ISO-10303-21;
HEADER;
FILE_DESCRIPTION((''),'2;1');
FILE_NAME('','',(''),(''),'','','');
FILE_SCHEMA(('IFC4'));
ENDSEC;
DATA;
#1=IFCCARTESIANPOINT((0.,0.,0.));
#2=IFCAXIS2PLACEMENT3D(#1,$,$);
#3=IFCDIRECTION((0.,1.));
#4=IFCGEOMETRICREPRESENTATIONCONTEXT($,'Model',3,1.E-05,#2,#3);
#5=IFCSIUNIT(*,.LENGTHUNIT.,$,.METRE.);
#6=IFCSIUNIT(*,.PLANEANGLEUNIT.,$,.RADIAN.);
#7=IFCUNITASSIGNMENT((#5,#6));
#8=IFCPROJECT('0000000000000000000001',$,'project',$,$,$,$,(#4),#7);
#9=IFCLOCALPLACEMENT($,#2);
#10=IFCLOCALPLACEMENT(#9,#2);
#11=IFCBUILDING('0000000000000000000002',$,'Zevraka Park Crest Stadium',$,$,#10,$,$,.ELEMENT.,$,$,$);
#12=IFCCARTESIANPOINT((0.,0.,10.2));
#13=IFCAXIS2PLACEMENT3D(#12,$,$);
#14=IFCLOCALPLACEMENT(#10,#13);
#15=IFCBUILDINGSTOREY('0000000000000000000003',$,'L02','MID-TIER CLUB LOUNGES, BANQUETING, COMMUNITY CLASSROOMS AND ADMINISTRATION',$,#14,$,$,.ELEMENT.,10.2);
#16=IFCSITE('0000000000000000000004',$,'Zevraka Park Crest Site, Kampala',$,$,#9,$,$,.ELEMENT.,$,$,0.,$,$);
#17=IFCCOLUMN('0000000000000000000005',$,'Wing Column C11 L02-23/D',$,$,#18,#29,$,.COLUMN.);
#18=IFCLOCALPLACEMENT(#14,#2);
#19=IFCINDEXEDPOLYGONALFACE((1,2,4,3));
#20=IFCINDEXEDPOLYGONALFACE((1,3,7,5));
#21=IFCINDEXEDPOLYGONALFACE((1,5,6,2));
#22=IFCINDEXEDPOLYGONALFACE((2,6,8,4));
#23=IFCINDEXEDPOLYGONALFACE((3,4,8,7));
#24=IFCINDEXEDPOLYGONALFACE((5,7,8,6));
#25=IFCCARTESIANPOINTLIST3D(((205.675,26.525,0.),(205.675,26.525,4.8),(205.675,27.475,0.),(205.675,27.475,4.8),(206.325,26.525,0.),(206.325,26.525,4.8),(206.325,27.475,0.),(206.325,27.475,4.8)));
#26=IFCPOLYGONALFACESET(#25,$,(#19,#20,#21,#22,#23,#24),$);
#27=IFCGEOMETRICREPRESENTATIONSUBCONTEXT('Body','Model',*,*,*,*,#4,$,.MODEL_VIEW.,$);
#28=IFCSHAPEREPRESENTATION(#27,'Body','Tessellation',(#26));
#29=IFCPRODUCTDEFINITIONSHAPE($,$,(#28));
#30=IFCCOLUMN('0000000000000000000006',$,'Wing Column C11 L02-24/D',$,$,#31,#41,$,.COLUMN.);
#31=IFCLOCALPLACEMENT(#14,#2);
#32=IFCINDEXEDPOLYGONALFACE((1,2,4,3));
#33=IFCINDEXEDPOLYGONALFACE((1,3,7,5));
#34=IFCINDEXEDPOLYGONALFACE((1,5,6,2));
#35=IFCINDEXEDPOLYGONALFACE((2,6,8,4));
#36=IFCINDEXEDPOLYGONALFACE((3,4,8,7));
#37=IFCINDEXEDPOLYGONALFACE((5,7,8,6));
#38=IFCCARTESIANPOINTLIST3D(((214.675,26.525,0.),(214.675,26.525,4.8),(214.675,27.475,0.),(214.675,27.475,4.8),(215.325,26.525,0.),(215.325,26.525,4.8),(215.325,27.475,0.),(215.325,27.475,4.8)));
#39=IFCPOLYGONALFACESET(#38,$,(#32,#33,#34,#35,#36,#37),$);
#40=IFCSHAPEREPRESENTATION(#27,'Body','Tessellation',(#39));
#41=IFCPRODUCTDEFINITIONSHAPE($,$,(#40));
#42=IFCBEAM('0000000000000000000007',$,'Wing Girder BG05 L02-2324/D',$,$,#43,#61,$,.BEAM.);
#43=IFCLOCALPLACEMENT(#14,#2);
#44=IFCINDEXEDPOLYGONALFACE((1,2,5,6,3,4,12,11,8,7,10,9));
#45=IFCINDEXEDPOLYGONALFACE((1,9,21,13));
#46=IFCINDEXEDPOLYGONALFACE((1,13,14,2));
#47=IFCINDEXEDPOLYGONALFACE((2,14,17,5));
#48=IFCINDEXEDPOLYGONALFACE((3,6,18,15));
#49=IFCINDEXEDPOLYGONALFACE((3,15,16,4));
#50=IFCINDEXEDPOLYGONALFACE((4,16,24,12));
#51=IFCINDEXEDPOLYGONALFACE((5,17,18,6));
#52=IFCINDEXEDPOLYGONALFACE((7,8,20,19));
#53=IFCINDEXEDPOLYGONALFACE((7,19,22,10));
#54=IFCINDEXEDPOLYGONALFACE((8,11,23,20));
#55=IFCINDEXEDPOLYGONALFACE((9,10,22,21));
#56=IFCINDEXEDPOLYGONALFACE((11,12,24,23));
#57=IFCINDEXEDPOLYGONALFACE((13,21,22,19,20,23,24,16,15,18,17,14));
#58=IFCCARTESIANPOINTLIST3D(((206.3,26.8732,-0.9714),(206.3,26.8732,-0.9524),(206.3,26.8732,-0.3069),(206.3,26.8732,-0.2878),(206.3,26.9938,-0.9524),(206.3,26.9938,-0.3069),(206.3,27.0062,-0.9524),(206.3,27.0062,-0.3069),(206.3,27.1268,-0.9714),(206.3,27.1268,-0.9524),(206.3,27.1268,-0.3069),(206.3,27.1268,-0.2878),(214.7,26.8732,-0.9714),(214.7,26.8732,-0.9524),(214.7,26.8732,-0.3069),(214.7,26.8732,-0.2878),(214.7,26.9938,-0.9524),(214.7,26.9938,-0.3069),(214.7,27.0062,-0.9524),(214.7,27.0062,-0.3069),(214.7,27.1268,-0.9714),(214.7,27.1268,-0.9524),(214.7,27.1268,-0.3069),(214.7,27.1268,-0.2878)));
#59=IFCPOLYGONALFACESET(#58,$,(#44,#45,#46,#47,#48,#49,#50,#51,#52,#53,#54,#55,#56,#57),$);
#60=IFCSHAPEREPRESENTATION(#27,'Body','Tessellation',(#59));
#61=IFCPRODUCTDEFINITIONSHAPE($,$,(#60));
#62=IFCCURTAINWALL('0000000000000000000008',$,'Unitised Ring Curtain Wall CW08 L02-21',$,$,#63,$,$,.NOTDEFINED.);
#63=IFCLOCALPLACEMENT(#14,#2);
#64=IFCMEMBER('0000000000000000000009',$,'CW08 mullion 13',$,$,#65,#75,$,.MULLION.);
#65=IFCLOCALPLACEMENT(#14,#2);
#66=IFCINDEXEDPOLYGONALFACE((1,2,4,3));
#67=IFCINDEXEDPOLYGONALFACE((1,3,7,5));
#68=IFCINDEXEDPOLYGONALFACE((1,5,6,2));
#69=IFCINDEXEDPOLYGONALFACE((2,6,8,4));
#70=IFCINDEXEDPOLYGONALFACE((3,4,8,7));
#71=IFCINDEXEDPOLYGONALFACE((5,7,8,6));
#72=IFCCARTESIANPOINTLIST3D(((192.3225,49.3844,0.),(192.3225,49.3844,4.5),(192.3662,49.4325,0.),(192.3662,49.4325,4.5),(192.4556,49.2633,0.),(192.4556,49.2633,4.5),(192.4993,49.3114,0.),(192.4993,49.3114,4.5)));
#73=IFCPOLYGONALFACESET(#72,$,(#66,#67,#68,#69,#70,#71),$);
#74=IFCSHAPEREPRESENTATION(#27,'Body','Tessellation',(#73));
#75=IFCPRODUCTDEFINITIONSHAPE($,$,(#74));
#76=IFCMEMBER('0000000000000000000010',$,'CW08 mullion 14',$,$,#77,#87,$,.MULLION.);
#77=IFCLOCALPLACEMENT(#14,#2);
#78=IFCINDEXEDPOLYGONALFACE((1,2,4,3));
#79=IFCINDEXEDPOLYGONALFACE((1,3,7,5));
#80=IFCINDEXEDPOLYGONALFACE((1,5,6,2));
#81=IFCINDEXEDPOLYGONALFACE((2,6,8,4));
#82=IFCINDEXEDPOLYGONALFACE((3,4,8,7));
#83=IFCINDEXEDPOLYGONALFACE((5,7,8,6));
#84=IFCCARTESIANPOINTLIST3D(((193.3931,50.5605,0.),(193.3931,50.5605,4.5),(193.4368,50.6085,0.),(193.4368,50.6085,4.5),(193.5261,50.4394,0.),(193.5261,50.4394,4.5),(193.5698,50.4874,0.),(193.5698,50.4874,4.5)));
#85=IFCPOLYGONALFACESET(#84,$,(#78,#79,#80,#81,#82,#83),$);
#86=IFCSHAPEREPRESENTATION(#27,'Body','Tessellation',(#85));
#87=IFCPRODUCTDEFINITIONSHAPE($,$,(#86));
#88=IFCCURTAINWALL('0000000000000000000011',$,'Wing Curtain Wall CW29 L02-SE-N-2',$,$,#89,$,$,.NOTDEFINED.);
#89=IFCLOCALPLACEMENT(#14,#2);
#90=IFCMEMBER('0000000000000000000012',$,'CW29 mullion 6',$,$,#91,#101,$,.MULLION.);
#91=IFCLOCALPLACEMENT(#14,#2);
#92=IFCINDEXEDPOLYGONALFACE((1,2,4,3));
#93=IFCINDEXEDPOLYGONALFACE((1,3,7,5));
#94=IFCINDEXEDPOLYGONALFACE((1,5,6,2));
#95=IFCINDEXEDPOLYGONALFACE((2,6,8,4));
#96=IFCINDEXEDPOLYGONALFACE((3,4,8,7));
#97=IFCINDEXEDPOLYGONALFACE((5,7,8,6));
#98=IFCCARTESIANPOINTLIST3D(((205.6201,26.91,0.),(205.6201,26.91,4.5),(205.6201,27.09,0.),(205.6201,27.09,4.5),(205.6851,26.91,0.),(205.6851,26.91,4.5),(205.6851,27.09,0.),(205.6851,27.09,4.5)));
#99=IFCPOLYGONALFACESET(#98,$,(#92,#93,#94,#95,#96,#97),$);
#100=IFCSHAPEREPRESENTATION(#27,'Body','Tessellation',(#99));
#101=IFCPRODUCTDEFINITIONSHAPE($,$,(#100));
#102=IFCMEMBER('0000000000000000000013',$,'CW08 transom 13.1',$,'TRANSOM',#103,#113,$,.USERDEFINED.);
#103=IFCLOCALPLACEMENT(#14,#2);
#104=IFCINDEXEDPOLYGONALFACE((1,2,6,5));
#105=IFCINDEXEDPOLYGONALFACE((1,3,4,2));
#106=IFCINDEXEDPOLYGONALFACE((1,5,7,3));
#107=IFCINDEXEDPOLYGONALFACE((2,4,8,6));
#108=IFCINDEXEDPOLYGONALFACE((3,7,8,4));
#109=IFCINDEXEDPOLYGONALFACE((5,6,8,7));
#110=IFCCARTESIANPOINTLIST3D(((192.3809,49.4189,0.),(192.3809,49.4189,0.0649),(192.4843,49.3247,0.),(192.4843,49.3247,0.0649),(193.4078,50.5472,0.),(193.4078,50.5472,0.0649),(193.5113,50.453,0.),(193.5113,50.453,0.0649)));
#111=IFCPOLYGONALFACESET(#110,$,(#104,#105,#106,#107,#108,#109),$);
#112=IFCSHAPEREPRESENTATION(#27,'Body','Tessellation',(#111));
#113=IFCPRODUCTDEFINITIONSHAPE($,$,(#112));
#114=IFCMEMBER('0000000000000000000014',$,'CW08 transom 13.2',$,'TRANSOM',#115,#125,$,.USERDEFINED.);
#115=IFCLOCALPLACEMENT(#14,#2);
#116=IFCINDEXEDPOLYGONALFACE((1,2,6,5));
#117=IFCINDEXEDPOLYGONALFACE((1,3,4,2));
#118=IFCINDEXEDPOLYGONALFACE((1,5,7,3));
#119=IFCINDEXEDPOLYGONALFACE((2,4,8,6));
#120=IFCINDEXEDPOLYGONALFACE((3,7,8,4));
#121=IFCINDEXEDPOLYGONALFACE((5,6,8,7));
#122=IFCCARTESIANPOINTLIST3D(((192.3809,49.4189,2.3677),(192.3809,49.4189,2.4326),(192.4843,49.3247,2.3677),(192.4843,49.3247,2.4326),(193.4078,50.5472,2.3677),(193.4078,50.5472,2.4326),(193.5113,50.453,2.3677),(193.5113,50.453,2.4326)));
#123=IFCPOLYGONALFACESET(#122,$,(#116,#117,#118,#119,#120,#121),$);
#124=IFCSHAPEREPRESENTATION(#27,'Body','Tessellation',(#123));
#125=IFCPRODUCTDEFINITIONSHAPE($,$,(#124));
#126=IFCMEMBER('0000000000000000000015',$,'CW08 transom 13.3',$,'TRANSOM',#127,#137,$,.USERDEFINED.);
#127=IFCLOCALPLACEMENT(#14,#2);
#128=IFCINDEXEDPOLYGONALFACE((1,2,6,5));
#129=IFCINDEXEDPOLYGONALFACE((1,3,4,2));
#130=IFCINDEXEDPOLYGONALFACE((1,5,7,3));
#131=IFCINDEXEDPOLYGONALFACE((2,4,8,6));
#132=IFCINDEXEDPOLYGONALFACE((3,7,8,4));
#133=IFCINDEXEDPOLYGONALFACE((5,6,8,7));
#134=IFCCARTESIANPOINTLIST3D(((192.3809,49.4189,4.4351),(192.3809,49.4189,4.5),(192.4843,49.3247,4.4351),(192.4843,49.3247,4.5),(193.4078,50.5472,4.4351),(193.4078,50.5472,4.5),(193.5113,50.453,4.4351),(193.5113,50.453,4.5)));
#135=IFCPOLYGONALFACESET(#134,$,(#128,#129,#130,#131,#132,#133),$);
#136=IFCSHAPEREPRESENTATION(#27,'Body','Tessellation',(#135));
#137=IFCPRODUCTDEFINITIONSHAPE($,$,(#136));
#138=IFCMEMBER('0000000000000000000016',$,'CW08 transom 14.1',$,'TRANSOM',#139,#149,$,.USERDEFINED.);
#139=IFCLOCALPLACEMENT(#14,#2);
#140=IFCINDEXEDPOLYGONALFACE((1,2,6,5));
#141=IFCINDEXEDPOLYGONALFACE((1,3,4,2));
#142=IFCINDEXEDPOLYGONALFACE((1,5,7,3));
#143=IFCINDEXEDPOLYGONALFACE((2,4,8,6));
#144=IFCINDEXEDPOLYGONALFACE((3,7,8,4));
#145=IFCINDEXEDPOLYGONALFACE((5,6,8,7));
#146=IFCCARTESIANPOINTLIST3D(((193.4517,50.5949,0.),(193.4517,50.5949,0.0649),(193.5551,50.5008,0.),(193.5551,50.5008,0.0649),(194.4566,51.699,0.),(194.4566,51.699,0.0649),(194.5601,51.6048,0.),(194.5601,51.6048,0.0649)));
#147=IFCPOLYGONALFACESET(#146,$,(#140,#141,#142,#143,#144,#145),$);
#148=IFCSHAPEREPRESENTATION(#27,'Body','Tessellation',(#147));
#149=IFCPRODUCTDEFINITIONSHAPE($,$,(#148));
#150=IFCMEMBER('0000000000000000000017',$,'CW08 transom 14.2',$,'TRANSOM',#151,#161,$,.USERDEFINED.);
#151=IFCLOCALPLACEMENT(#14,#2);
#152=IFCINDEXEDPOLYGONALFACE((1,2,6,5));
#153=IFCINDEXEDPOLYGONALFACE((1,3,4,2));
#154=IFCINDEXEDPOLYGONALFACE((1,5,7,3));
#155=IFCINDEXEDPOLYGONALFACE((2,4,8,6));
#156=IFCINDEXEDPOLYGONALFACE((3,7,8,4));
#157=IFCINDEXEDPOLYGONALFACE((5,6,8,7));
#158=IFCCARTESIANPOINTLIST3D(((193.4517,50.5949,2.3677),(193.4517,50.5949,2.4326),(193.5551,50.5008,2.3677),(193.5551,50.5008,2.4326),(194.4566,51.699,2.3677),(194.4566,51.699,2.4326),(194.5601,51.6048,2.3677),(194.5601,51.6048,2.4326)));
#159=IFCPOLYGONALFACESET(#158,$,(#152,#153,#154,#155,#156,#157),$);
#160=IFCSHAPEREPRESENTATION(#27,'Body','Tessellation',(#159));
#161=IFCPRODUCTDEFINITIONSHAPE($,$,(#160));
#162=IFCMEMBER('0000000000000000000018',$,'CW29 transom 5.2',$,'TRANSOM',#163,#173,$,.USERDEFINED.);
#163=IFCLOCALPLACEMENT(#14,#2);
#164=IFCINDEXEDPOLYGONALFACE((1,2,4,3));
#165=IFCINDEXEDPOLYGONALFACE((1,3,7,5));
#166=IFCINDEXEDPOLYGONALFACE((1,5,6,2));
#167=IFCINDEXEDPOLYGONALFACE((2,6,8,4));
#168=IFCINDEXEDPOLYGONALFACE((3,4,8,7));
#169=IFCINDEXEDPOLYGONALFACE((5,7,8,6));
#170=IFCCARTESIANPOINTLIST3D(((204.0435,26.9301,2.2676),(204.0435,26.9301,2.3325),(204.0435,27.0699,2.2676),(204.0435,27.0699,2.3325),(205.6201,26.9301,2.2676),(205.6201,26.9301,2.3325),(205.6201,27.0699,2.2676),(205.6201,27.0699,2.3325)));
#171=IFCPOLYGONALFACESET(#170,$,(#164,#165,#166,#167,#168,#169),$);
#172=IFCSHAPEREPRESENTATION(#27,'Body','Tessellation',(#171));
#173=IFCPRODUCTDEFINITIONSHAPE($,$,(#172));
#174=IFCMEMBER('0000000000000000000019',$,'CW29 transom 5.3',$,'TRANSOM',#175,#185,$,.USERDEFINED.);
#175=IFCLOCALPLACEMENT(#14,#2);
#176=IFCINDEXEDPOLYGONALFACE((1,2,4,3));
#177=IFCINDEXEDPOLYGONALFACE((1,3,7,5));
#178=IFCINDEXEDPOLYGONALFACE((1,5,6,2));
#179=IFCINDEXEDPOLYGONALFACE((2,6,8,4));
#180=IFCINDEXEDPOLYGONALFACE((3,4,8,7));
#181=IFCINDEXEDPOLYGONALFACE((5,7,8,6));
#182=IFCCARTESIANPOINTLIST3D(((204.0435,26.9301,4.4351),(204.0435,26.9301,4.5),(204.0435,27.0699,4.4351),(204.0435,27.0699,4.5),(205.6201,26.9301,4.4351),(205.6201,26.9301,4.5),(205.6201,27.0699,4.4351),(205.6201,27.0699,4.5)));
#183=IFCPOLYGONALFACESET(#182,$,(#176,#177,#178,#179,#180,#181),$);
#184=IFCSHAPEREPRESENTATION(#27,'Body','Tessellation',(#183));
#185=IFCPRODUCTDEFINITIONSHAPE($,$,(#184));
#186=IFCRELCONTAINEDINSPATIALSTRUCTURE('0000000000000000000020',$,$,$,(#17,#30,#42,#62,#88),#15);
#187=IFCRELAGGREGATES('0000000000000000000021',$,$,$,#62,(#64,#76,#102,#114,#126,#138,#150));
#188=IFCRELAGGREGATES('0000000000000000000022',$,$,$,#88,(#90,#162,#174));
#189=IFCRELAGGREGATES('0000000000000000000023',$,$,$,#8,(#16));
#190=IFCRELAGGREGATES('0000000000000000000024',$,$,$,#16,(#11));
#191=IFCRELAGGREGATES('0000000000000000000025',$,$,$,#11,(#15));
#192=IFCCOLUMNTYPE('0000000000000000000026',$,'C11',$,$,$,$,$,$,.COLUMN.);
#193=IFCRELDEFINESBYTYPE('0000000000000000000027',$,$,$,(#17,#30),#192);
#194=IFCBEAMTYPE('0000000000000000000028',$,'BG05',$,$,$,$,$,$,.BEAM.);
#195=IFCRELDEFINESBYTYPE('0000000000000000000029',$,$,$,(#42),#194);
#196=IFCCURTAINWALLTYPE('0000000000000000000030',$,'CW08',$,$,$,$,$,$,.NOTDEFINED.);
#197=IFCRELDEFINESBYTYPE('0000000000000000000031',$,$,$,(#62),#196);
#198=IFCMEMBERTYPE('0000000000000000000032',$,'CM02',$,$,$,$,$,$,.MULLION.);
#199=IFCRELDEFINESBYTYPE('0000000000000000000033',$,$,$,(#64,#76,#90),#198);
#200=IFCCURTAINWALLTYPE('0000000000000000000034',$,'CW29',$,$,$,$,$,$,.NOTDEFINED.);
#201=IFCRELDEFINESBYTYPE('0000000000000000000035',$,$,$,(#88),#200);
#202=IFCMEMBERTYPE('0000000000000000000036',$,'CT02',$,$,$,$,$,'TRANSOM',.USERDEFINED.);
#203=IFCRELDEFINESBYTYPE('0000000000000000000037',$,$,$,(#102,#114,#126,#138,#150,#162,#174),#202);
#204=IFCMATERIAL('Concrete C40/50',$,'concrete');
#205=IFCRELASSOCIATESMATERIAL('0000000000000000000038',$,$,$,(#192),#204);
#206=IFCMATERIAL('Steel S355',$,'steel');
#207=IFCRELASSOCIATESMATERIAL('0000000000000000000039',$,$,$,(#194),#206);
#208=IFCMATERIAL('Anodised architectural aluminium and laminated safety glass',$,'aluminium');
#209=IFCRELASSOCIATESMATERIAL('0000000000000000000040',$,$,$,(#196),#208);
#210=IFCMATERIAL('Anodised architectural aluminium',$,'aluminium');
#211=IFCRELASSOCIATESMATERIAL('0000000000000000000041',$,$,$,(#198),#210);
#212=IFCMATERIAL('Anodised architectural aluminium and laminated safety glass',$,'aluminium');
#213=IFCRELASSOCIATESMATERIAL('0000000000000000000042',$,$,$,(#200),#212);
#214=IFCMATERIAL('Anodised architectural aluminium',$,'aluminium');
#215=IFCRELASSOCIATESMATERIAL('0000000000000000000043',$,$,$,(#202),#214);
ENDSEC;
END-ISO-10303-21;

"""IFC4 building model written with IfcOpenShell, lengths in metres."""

from ifc_helpers import new_model, si_unit, direction, frame, origin, origin_2d, place, context, subcontext, project, spatial, rectangle, i_section, extrude, material, material_profile, profile_set, type_object, element, aggregate, save


model = new_model("IFC4")

# Units and contexts
model_context = context("Model", 3, precision=1e-05, world=origin(), true_north=direction((0.0, 1.0)))
body_context = subcontext(model_context, "Body", "Model", "MODEL_VIEW")
ifc_project = project(units=[si_unit("LENGTHUNIT", "METRE"), si_unit("PLANEANGLEUNIT", "RADIAN")], contexts=[model_context])

# Site, building, storey
site_placement = place(None, origin())
site = spatial("IfcSite", under=ifc_project, at=site_placement, Name="Zevraka Park Crest Site, Kampala", CompositionType="ELEMENT", RefElevation=0.0)
building_placement = place(site_placement, origin())
building = spatial("IfcBuilding", under=site, at=building_placement, Name="Zevraka Park Crest Stadium", CompositionType="ELEMENT")
storey_placement = place(building_placement, frame((0.0, 0.0, 10.2)))
storey = spatial("IfcBuildingStorey", under=building, at=storey_placement, Name="L02", Description="MID-TIER CLUB LOUNGES, BANQUETING, COMMUNITY CLASSROOMS AND ADMINISTRATION", CompositionType="ELEMENT", Elevation=10.2)

# Columns
ifc_material_1 = material(Name="Concrete C40/50", Category="concrete")
ifc_material_profile_1 = material_profile(ifc_material_1, rectangle(XDim=0.6499, YDim=0.95, at=origin_2d()), Name="RC 950x650")
ifc_profile_set_1 = profile_set([ifc_material_profile_1], Name="Concrete C40/50")
column_type = type_object("IfcColumnType", Name="C11", PredefinedType="COLUMN", material=ifc_profile_set_1)
for number, where, z_axis, x_axis, name in (
    (1, (206.0, 27.0, 0.0), (0.0, 0.0, 1.0), (1.0, 0.0, 0.0), "Wing Column C11 L02-23/D"),
    (2, (215.0, 27.0, 0.0), (0.0, 0.0, 1.0), (1.0, 0.0, 0.0), "Wing Column C11 L02-24/D"),
):
    element("IfcColumn", number, at=place(storey_placement, frame(where, z_axis=z_axis, x_axis=x_axis)), inside=storey, type_object=column_type, Name=name, PredefinedType="COLUMN", context=body_context, shape_type="SweptSolid", body=[
        extrude(rectangle(XDim=0.6499, YDim=0.95, at=origin_2d()), origin(), (0.0, 0.0, 1.0), 4.8),
    ])

# Beam
ifc_material_2 = material(Name="Steel S355", Category="steel")
ifc_material_profile_2 = material_profile(ifc_material_2, i_section(OverallWidth=0.2537, OverallDepth=0.6836, WebThickness=0.0125, FlangeThickness=0.019, at=origin_2d()), Name="UKB 686x254x140")
ifc_profile_set_2 = profile_set([ifc_material_profile_2], Name="Steel S355")
beam_type = type_object("IfcBeamType", Name="BG05", PredefinedType="BEAM", material=ifc_profile_set_2)
beam_placement = place(storey_placement, frame((206.3, 27.0, -0.6296), z_axis=(1.0, 0.0, 0.0), x_axis=(0.0, 1.0, 0.0)))
element("IfcBeam", 3, at=beam_placement, inside=storey, type_object=beam_type, Name="Wing Girder BG05 L02-2324/D", PredefinedType="BEAM", context=body_context, shape_type="SweptSolid", body=[
    extrude(i_section(OverallWidth=0.2537, OverallDepth=0.6836, WebThickness=0.0125, FlangeThickness=0.019, at=origin_2d()), origin(), (0.0, 0.0, 1.0), 8.3999),
])

# Curtain wall, members
ifc_material_3 = material(Name="Anodised architectural aluminium and laminated safety glass", Category="aluminium")
curtain_wall_type_1 = type_object("IfcCurtainWallType", Name="CW08", PredefinedType="NOTDEFINED", material=ifc_material_3)
curtain_wall_1_placement = place(storey_placement, origin())
curtain_wall_1 = element("IfcCurtainWall", 4, at=curtain_wall_1_placement, inside=storey, type_object=curtain_wall_type_1, Name="Unitised Ring Curtain Wall CW08 L02-21", PredefinedType="NOTDEFINED")
ifc_material_4 = material(Name="Anodised architectural aluminium", Category="aluminium")
ifc_material_profile_3 = material_profile(ifc_material_4, rectangle(XDim=0.1799, YDim=0.0649, at=origin_2d()), Name="ALU MULLION 180x65")
ifc_profile_set_3 = profile_set([ifc_material_profile_3], Name="Anodised architectural aluminium")
member_type_1 = type_object("IfcMemberType", Name="CM02", PredefinedType="MULLION", material=ifc_profile_set_3)
member_1_placement = place(storey_placement, frame((192.4109, 49.3479, 0.0), z_axis=(0.0, 0.0, 1.0), x_axis=(-0.739497, 0.67316, 0.0)))
member_1 = element("IfcMember", 5, at=member_1_placement, type_object=member_type_1, Name="CW08 mullion 13", PredefinedType="MULLION", context=body_context, shape_type="SweptSolid", body=[
    extrude(rectangle(XDim=0.1799, YDim=0.0649, at=origin_2d()), origin(), (0.0, 0.0, 1.0), 4.5),
])
member_2_placement = place(storey_placement, frame((193.4814, 50.5239, 0.0), z_axis=(0.0, 0.0, 1.0), x_axis=(-0.739497, 0.67316, 0.0)))
member_2 = element("IfcMember", 6, at=member_2_placement, type_object=member_type_1, Name="CW08 mullion 14", PredefinedType="MULLION", context=body_context, shape_type="SweptSolid", body=[
    extrude(rectangle(XDim=0.1799, YDim=0.0649, at=origin_2d()), origin(), (0.0, 0.0, 1.0), 4.5),
])

# Curtain wall, member
ifc_material_5 = material(Name="Anodised architectural aluminium and laminated safety glass", Category="aluminium")
curtain_wall_type_2 = type_object("IfcCurtainWallType", Name="CW29", PredefinedType="NOTDEFINED", material=ifc_material_5)
curtain_wall_2_placement = place(storey_placement, origin())
curtain_wall_2 = element("IfcCurtainWall", 7, at=curtain_wall_2_placement, inside=storey, type_object=curtain_wall_type_2, Name="Wing Curtain Wall CW29 L02-SE-N-2", PredefinedType="NOTDEFINED")
member_3_placement = place(storey_placement, frame((205.6526, 27.0, 0.0), z_axis=(0.0, 0.0, 1.0), x_axis=(0.0, 1.0, 0.0)))
member_3 = element("IfcMember", 8, at=member_3_placement, type_object=member_type_1, Name="CW29 mullion 6", PredefinedType="MULLION", context=body_context, shape_type="SweptSolid", body=[
    extrude(rectangle(XDim=0.1799, YDim=0.0649, at=origin_2d()), origin(), (0.0, 0.0, 1.0), 4.5),
])

# Members
ifc_material_6 = material(Name="Anodised architectural aluminium", Category="aluminium")
ifc_material_profile_4 = material_profile(ifc_material_6, rectangle(XDim=0.1399, YDim=0.0649, at=origin_2d()), Name="ALU TRANSOM 140x65")
ifc_profile_set_4 = profile_set([ifc_material_profile_4], Name="Anodised architectural aluminium")
member_type_2 = type_object("IfcMemberType", Name="CT02", ElementType="TRANSOM", PredefinedType="USERDEFINED", material=ifc_profile_set_4)
member_4_placement = place(storey_placement, frame((192.4326, 49.3718, 0.0325), z_axis=(0.673119, 0.739534, 0.0), x_axis=(-0.739534, 0.673119, 0.0)))
member_4 = element("IfcMember", 9, at=member_4_placement, type_object=member_type_2, Name="CW08 transom 13.1", ObjectType="TRANSOM", PredefinedType="USERDEFINED", context=body_context, shape_type="SweptSolid", body=[
    extrude(rectangle(XDim=0.1399, YDim=0.0649, at=origin_2d()), origin(), (0.0, 0.0, 1.0), 1.5256),
])
member_5_placement = place(storey_placement, frame((192.4326, 49.3718, 2.4001), z_axis=(0.673119, 0.739534, 0.0), x_axis=(-0.739534, 0.673119, 0.0)))
member_5 = element("IfcMember", 10, at=member_5_placement, type_object=member_type_2, Name="CW08 transom 13.2", ObjectType="TRANSOM", PredefinedType="USERDEFINED", context=body_context, shape_type="SweptSolid", body=[
    extrude(rectangle(XDim=0.1399, YDim=0.0649, at=origin_2d()), origin(), (0.0, 0.0, 1.0), 1.5256),
])
member_6_placement = place(storey_placement, frame((192.4326, 49.3718, 4.4675), z_axis=(0.673119, 0.739534, 0.0), x_axis=(-0.739534, 0.673119, 0.0)))
member_6 = element("IfcMember", 11, at=member_6_placement, type_object=member_type_2, Name="CW08 transom 13.3", ObjectType="TRANSOM", PredefinedType="USERDEFINED", context=body_context, shape_type="SweptSolid", body=[
    extrude(rectangle(XDim=0.1399, YDim=0.0649, at=origin_2d()), origin(), (0.0, 0.0, 1.0), 1.5256),
])
member_7_placement = place(storey_placement, frame((193.5034, 50.5479, 0.0325), z_axis=(0.673129, 0.739526, 0.0), x_axis=(-0.739526, 0.673129, 0.0)))
member_7 = element("IfcMember", 12, at=member_7_placement, type_object=member_type_2, Name="CW08 transom 14.1", ObjectType="TRANSOM", PredefinedType="USERDEFINED", context=body_context, shape_type="SweptSolid", body=[
    extrude(rectangle(XDim=0.1399, YDim=0.0649, at=origin_2d()), origin(), (0.0, 0.0, 1.0), 1.4929),
])
member_8_placement = place(storey_placement, frame((193.5034, 50.5479, 2.4001), z_axis=(0.673129, 0.739526, 0.0), x_axis=(-0.739526, 0.673129, 0.0)))
member_8 = element("IfcMember", 13, at=member_8_placement, type_object=member_type_2, Name="CW08 transom 14.2", ObjectType="TRANSOM", PredefinedType="USERDEFINED", context=body_context, shape_type="SweptSolid", body=[
    extrude(rectangle(XDim=0.1399, YDim=0.0649, at=origin_2d()), origin(), (0.0, 0.0, 1.0), 1.4929),
])
member_9_placement = place(storey_placement, frame((204.0435, 27.0, 2.3), z_axis=(1.0, 0.0, 0.0), x_axis=(0.0, 1.0, 0.0)))
member_9 = element("IfcMember", 14, at=member_9_placement, type_object=member_type_2, Name="CW29 transom 5.2", ObjectType="TRANSOM", PredefinedType="USERDEFINED", context=body_context, shape_type="SweptSolid", body=[
    extrude(rectangle(XDim=0.1399, YDim=0.0649, at=origin_2d()), origin(), (0.0, 0.0, 1.0), 1.5767),
])
member_10_placement = place(storey_placement, frame((204.0435, 27.0, 4.4675), z_axis=(1.0, 0.0, 0.0), x_axis=(0.0, 1.0, 0.0)))
member_10 = element("IfcMember", 15, at=member_10_placement, type_object=member_type_2, Name="CW29 transom 5.3", ObjectType="TRANSOM", PredefinedType="USERDEFINED", context=body_context, shape_type="SweptSolid", body=[
    extrude(rectangle(XDim=0.1399, YDim=0.0649, at=origin_2d()), origin(), (0.0, 0.0, 1.0), 1.5767),
])

aggregate(curtain_wall_1, [member_1, member_2, member_4, member_5, member_6, member_7, member_8])
aggregate(curtain_wall_2, [member_3, member_9, member_10])

save(model, "model.ifc")
